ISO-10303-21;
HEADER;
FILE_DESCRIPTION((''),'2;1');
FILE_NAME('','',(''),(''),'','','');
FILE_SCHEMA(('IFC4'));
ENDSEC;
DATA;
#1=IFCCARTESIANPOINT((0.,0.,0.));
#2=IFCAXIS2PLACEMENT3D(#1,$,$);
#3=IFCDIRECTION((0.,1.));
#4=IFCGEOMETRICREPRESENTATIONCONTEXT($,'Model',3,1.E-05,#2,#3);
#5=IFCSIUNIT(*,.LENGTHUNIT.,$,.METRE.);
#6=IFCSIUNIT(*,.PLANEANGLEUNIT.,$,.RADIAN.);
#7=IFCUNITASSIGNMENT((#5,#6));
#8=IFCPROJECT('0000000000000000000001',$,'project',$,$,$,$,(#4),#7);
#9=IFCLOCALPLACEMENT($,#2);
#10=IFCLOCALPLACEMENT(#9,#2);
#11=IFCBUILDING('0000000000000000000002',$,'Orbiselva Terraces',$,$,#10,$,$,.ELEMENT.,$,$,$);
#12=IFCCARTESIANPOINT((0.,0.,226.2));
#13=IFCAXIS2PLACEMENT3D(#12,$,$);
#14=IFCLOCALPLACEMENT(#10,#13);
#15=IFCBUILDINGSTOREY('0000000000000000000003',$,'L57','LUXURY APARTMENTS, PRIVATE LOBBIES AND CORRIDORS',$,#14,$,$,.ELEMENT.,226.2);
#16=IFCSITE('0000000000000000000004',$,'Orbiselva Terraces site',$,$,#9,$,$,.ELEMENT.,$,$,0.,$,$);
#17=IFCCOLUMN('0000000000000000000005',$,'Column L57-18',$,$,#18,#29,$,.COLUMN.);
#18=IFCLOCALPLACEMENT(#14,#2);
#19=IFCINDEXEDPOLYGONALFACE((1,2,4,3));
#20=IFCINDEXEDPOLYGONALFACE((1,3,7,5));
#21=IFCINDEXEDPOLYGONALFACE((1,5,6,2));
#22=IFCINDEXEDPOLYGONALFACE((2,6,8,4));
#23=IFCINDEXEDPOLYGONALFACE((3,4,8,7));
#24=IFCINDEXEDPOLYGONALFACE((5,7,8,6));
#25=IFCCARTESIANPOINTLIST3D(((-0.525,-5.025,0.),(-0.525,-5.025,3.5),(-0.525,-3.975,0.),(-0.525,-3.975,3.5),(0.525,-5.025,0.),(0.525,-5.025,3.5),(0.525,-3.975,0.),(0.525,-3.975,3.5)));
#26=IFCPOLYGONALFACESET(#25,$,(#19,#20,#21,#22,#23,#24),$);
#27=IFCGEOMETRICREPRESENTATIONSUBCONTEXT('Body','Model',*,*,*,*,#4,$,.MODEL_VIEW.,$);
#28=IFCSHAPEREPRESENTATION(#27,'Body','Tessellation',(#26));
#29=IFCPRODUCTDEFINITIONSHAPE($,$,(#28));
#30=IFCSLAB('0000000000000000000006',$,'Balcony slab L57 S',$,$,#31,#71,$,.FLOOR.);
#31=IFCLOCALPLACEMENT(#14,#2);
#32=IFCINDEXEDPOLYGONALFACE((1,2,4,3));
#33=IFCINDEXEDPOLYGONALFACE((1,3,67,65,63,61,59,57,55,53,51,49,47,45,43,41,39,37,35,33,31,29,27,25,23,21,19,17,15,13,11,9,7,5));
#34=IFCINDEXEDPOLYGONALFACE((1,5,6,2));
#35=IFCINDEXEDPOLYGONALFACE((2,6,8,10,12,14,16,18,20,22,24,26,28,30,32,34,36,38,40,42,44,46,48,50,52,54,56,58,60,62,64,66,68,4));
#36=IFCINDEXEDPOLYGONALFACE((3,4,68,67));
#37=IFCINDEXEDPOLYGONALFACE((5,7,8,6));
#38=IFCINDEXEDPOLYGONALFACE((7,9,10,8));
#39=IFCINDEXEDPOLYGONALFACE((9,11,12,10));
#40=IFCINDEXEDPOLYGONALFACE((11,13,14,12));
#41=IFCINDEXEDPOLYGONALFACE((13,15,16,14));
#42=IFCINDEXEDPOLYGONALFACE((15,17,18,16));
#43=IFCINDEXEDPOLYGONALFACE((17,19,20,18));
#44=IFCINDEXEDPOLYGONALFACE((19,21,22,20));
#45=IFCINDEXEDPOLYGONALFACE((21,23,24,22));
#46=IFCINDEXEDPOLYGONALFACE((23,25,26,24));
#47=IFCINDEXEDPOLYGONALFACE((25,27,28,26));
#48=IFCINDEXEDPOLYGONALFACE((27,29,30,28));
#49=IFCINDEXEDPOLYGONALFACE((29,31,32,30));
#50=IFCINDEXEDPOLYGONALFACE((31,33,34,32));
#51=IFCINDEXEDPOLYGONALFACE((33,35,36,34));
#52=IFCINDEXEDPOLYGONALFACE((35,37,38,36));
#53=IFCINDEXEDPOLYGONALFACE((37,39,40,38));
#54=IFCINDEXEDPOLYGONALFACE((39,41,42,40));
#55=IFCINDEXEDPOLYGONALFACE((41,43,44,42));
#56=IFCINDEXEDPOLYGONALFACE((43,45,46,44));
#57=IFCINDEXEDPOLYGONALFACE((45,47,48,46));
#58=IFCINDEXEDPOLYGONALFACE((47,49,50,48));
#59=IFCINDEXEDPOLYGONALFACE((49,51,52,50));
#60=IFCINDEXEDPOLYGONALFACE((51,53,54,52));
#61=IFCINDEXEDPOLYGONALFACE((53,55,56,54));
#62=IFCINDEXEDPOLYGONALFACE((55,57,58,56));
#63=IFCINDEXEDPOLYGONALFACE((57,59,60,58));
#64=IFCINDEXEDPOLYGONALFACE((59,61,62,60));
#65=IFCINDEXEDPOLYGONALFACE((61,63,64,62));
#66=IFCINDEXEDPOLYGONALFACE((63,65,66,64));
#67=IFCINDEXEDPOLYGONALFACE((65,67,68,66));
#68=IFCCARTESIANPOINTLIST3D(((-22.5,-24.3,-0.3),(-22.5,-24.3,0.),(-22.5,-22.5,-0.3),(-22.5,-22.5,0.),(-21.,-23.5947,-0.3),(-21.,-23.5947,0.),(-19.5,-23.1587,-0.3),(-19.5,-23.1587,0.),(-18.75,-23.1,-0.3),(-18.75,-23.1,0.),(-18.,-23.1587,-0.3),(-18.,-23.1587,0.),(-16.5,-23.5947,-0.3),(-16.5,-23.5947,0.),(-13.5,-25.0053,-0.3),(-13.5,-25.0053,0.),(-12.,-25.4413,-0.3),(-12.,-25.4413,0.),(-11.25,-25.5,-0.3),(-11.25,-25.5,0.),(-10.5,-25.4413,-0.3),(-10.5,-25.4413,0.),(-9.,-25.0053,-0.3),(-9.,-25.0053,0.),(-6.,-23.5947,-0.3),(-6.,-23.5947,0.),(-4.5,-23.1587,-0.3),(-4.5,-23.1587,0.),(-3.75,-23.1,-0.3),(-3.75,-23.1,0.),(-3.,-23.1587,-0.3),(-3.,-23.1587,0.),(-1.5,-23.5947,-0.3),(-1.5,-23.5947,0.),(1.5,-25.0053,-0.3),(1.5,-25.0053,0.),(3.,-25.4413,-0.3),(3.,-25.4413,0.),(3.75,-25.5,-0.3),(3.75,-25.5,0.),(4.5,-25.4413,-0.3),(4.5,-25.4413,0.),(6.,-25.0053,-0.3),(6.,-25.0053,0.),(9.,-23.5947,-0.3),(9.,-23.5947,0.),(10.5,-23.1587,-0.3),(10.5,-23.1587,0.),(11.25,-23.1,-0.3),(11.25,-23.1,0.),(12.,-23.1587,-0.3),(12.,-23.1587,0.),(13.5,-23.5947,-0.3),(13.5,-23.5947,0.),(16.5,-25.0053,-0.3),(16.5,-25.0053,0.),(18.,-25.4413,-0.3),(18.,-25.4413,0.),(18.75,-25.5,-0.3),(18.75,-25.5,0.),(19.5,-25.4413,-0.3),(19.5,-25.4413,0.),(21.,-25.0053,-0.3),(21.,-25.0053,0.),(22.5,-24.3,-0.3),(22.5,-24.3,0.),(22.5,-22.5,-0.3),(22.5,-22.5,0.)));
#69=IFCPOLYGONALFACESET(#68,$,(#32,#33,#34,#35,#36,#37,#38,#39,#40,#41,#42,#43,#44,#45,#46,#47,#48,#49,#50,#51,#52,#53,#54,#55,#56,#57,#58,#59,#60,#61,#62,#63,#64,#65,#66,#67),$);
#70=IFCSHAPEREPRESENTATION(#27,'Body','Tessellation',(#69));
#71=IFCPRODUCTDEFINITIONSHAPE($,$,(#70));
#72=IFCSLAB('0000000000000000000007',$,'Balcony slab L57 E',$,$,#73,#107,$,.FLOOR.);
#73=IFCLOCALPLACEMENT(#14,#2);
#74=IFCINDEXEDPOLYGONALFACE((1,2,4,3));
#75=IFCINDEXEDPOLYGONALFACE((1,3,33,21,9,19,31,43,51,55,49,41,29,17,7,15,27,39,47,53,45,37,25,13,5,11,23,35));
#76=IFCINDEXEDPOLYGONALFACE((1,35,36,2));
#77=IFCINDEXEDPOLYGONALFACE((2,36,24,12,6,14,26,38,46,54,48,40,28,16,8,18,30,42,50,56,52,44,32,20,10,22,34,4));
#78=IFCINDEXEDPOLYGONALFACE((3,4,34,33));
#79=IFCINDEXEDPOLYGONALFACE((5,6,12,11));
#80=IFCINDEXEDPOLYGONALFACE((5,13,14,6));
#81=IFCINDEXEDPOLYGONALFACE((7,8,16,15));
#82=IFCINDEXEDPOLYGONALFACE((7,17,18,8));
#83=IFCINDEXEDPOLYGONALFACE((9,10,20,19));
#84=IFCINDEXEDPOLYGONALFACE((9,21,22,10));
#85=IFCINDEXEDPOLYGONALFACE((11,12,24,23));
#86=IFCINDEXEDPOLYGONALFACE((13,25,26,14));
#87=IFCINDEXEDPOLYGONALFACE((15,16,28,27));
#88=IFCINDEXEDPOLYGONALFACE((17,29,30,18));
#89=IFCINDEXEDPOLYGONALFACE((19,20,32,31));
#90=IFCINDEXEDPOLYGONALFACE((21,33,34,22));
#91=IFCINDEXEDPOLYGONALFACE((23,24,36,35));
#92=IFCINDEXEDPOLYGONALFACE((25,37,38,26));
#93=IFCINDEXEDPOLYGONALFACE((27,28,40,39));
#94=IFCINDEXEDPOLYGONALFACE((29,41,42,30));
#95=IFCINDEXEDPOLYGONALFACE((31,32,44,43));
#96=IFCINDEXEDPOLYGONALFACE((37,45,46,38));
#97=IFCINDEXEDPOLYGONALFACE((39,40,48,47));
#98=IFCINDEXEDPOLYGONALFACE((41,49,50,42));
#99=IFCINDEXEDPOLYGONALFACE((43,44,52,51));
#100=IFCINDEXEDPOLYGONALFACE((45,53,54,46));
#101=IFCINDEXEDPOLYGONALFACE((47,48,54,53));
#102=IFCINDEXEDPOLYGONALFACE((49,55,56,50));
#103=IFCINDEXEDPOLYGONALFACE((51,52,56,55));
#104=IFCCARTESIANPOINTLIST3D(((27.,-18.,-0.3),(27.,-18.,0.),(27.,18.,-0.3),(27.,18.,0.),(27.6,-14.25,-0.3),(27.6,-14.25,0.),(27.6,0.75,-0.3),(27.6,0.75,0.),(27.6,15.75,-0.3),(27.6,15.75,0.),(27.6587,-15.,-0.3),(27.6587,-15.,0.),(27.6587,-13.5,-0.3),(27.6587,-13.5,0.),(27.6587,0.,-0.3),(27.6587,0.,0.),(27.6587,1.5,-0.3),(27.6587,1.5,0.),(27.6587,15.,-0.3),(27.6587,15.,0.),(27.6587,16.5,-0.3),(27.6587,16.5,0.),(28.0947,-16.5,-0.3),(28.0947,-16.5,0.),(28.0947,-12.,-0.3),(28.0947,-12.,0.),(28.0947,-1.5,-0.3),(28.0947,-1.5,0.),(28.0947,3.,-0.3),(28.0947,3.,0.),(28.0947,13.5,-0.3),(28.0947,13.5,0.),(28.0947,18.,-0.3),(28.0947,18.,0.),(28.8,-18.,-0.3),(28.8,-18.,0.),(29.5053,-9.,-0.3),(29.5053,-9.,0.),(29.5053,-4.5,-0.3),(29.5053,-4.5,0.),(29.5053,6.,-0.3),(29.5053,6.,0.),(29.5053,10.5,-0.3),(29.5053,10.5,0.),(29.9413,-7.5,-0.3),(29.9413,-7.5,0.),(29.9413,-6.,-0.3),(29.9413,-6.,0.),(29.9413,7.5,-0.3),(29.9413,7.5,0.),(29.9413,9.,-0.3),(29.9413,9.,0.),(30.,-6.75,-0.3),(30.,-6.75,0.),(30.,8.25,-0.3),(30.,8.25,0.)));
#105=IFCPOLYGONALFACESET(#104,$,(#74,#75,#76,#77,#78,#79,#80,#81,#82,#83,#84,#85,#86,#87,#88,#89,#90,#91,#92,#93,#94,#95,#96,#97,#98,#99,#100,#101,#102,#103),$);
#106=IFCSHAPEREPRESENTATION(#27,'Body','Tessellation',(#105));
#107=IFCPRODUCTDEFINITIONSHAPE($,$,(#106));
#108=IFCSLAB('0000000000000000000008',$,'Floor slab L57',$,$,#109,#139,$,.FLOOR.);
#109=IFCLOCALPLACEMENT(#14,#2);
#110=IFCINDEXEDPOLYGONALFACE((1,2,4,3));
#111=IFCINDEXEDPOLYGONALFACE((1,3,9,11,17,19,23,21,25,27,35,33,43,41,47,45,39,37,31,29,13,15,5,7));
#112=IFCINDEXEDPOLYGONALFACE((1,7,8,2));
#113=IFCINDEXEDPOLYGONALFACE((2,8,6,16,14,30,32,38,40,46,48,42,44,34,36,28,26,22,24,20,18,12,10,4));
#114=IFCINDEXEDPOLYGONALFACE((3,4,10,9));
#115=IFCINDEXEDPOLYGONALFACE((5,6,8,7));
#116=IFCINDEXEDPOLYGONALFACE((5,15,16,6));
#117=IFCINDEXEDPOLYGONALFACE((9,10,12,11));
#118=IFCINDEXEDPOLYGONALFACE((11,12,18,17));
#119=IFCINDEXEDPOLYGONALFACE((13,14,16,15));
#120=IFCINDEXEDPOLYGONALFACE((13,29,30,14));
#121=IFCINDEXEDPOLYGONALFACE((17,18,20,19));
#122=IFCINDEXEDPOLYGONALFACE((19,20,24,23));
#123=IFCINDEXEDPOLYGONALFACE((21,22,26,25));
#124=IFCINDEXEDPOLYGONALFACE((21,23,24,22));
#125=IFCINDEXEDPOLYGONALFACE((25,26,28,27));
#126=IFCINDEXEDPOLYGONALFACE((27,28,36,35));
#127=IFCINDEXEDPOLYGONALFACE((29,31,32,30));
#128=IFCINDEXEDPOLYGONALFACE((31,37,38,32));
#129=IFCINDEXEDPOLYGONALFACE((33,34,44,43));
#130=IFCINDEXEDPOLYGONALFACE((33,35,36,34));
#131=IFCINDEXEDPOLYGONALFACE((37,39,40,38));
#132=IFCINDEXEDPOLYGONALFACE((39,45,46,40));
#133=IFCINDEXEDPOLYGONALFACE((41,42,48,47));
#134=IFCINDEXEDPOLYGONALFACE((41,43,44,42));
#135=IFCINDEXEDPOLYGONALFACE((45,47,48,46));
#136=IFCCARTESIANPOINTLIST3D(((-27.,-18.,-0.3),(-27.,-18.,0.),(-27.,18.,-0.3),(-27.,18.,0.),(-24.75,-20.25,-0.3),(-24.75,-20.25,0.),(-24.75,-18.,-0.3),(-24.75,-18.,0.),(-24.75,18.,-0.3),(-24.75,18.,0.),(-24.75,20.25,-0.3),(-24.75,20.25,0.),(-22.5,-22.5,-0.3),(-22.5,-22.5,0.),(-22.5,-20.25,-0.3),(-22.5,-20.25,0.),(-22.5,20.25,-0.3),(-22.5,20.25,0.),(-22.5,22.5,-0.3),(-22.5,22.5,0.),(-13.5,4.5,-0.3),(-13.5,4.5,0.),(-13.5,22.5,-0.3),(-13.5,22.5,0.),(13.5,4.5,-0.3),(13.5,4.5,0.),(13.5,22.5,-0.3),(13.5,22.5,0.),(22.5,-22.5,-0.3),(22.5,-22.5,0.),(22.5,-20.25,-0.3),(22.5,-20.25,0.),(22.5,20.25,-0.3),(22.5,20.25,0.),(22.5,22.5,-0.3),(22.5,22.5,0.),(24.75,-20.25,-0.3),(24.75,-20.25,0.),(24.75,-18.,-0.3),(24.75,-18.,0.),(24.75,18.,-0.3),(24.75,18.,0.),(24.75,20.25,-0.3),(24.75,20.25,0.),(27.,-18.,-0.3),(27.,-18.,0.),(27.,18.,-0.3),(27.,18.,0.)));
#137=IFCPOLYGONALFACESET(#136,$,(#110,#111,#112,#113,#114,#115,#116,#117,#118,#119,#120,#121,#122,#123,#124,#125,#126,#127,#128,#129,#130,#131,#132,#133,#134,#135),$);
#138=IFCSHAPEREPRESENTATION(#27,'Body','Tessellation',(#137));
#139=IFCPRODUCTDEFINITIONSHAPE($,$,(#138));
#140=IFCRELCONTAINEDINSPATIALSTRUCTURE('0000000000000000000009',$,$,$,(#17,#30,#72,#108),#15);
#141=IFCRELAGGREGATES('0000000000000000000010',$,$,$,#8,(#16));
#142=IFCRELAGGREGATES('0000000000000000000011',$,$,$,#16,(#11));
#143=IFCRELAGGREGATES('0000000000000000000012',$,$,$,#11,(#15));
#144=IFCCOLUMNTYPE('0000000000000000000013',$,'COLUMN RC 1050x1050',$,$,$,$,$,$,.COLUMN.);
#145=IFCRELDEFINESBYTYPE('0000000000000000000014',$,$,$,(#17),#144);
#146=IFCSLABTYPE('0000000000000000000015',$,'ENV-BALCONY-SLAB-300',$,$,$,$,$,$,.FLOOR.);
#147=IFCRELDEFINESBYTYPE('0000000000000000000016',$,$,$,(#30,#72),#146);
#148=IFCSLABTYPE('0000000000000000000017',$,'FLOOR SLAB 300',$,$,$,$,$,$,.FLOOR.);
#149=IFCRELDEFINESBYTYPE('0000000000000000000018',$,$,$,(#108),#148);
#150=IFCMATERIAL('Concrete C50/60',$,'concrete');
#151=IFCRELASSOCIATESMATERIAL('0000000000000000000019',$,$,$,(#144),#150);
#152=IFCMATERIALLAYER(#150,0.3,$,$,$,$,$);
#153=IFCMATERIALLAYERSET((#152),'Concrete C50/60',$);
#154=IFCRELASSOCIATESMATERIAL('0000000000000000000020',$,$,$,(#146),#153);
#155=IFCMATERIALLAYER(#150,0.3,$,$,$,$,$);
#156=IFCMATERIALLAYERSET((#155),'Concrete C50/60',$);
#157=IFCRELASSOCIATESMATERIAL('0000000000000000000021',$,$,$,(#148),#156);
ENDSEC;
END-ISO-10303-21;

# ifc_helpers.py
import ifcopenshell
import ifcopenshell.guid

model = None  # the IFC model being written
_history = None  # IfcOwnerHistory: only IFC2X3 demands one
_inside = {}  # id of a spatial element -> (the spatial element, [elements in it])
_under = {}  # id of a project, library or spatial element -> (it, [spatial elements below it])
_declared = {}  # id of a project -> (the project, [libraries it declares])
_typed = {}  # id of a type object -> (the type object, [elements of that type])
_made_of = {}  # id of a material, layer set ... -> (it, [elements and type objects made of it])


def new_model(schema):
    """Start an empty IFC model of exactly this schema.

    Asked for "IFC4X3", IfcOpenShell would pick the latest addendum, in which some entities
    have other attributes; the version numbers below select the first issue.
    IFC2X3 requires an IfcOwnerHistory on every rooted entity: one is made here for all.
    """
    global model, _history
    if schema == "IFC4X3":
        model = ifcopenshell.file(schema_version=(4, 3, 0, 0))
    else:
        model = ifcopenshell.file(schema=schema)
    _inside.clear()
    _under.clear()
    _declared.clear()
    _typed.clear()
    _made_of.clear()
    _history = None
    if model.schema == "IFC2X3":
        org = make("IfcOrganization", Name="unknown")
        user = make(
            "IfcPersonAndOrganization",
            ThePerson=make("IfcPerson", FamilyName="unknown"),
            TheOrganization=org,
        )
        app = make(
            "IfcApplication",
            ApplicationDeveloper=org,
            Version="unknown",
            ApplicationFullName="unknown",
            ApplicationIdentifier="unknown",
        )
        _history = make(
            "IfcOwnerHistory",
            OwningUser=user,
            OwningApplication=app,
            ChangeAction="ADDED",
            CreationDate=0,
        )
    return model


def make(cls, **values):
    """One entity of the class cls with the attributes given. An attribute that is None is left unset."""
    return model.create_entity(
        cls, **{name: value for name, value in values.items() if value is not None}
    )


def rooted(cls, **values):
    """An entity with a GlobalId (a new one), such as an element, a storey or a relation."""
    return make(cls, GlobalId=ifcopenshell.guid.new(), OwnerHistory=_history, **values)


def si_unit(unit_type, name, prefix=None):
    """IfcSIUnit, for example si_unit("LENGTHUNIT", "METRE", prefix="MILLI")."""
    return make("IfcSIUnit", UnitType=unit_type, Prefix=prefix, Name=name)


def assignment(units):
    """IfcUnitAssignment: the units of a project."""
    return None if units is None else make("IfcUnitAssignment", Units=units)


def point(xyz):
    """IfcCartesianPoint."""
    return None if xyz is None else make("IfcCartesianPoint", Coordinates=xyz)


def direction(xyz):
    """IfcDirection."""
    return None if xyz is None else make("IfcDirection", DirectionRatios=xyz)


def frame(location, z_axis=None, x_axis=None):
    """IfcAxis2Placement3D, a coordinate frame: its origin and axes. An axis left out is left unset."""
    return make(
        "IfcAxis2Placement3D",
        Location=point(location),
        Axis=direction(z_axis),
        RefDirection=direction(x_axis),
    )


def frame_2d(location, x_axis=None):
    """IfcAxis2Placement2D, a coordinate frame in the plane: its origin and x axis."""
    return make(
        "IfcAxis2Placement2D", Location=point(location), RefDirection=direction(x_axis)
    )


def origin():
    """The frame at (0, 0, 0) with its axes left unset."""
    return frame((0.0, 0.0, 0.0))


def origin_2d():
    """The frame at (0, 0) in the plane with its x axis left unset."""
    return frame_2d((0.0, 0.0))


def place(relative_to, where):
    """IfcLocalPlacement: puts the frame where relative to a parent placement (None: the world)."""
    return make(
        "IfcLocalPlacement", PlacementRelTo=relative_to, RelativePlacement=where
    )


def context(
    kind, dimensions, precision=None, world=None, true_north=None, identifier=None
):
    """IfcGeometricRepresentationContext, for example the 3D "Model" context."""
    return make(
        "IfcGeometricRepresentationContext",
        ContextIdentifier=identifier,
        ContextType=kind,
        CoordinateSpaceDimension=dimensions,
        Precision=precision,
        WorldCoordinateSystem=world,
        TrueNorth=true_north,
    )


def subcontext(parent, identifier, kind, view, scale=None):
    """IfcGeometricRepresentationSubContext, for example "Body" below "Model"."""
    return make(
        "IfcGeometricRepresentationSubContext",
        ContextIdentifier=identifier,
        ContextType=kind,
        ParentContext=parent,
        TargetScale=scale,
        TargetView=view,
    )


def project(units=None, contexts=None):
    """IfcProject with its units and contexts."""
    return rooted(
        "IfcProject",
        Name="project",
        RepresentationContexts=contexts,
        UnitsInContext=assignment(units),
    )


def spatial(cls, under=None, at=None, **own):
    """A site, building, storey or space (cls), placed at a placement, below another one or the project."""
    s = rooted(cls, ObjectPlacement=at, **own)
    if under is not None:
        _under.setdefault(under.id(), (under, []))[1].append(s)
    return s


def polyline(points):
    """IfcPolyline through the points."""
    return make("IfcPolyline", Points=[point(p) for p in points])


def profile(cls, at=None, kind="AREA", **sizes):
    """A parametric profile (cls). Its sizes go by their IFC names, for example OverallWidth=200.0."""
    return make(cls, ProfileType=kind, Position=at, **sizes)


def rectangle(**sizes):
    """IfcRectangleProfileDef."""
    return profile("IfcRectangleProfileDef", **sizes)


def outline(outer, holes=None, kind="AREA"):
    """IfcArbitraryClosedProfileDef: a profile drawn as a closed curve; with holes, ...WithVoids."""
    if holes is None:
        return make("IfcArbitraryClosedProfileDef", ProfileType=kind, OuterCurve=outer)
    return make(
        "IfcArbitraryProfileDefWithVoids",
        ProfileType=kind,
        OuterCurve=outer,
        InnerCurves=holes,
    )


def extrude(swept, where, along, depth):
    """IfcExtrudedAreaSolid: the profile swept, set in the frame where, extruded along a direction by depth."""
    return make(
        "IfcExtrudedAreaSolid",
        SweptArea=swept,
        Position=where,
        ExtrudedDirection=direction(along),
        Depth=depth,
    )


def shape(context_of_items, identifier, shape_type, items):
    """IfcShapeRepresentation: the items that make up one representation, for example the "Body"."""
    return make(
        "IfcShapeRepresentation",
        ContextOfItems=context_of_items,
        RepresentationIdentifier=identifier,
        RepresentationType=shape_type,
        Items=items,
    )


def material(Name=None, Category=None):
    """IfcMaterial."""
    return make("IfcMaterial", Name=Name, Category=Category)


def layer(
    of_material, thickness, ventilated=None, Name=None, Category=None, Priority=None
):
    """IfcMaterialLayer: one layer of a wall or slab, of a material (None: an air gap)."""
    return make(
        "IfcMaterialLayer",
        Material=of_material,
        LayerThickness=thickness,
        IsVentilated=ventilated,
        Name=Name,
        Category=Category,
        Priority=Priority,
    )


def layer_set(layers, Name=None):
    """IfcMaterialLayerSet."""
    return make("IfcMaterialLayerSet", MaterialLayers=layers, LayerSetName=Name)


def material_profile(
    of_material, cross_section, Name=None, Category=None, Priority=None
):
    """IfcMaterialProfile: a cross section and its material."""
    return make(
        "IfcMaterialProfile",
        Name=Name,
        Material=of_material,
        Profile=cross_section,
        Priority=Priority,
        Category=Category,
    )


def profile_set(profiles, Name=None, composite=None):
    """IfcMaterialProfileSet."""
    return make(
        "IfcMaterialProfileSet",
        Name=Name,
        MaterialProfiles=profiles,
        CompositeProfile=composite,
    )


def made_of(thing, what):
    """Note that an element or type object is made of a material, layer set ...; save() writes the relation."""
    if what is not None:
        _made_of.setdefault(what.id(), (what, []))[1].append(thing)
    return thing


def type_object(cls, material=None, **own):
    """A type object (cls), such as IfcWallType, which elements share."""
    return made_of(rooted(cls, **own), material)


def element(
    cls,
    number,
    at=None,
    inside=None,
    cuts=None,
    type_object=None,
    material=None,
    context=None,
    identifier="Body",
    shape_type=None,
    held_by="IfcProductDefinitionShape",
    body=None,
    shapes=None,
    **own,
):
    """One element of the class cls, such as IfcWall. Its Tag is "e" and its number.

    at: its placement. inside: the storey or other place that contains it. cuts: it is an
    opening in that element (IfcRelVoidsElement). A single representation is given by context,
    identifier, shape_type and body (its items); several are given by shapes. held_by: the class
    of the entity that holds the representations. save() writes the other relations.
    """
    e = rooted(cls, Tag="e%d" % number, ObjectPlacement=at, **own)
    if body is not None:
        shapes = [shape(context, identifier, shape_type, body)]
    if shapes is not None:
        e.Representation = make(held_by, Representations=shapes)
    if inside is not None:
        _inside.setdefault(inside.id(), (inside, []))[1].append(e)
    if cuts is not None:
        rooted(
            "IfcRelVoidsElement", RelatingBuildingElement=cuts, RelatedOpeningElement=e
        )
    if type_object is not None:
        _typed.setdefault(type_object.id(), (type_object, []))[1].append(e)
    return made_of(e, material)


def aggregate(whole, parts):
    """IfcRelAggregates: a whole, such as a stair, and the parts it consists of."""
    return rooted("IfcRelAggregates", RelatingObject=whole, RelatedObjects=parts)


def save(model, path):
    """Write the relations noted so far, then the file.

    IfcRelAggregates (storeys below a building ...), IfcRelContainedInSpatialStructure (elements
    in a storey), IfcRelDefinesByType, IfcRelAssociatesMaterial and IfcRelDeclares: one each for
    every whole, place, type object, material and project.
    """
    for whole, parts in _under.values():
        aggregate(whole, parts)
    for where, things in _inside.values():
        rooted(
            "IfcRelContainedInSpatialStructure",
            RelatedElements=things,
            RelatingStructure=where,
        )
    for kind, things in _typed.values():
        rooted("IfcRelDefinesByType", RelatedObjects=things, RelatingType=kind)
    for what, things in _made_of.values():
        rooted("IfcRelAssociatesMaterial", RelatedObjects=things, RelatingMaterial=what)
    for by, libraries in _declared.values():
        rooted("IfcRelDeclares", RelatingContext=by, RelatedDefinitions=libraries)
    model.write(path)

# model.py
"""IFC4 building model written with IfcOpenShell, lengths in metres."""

from ifc_helpers import new_model, si_unit, direction, frame, origin, origin_2d, place, context, subcontext, project, spatial, polyline, rectangle, outline, extrude, material, layer, layer_set, material_profile, profile_set, type_object, element, save


model = new_model("IFC4")

# Units and contexts
model_context = context("Model", 3, precision=1e-05, world=origin(), true_north=direction((0.0, 1.0)))
body_context = subcontext(model_context, "Body", "Model", "MODEL_VIEW")
ifc_project = project(units=[si_unit("LENGTHUNIT", "METRE"), si_unit("PLANEANGLEUNIT", "RADIAN")], contexts=[model_context])

# Site, building, storey
site_placement = place(None, origin())
site = spatial("IfcSite", under=ifc_project, at=site_placement, Name="Orbiselva Terraces site", CompositionType="ELEMENT", RefElevation=0.0)
building_placement = place(site_placement, origin())
building = spatial("IfcBuilding", under=site, at=building_placement, Name="Orbiselva Terraces", CompositionType="ELEMENT")
storey_placement = place(building_placement, frame((0.0, 0.0, 226.2)))
storey = spatial("IfcBuildingStorey", under=building, at=storey_placement, Name="L57", Description="LUXURY APARTMENTS, PRIVATE LOBBIES AND CORRIDORS", CompositionType="ELEMENT", Elevation=226.2)

# Column
ifc_material_1 = material(Name="Concrete C50/60", Category="concrete")
ifc_material_profile = material_profile(ifc_material_1, rectangle(XDim=1.05, YDim=1.05, at=origin_2d()), Name="RC 1050x1050")
ifc_profile_set = profile_set([ifc_material_profile], Name="Concrete C50/60")
column_type = type_object("IfcColumnType", Name="COLUMN RC 1050x1050", PredefinedType="COLUMN", material=ifc_profile_set)
column_placement = place(storey_placement, frame((0.0, -4.5, 0.0), z_axis=(0.0, 0.0, 1.0), x_axis=(1.0, 0.0, 0.0)))
element("IfcColumn", 1, at=column_placement, inside=storey, type_object=column_type, Name="Column L57-18", PredefinedType="COLUMN", context=body_context, shape_type="SweptSolid", body=[
    extrude(rectangle(XDim=1.05, YDim=1.05, at=origin_2d()), origin(), (0.0, 0.0, 1.0), 3.5),
])

# Slabs
ifc_layer_1 = layer(ifc_material_1, 0.3)
ifc_layer_set_1 = layer_set([ifc_layer_1], Name="Concrete C50/60")
slab_type_1 = type_object("IfcSlabType", Name="ENV-BALCONY-SLAB-300", PredefinedType="FLOOR", material=ifc_layer_set_1)
slab_1_placement = place(storey_placement, frame((0.0, 0.0, -0.3)))
element("IfcSlab", 2, at=slab_1_placement, inside=storey, type_object=slab_type_1, Name="Balcony slab L57 S", PredefinedType="FLOOR", context=body_context, shape_type="SweptSolid", body=[
    extrude(outline(polyline([(-22.5, -24.3), (-21.0, -23.5947), (-19.5, -23.1587), (-18.75, -23.1), (-18.0, -23.1587), (-16.5, -23.5947), (-13.5, -25.0053), (-12.0, -25.4413), (-11.25, -25.5), (-10.5, -25.4413), (-9.0, -25.0053), (-6.0, -23.5947), (-4.5, -23.1587), (-3.75, -23.1), (-3.0, -23.1587), (-1.5, -23.5947), (1.5, -25.0053), (3.0, -25.4413), (3.75, -25.5), (4.5, -25.4413), (6.0, -25.0053), (9.0, -23.5947), (10.5, -23.1587), (11.25, -23.1), (12.0, -23.1587), (13.5, -23.5947), (16.5, -25.0053), (18.0, -25.4413), (18.75, -25.5), (19.5, -25.4413), (21.0, -25.0053), (22.5, -24.3), (22.5, -22.5), (-22.5, -22.5), (-22.5, -24.3)])), origin(), (0.0, 0.0, 1.0), 0.3),
])
slab_2_placement = place(storey_placement, frame((0.0, 0.0, -0.3)))
element("IfcSlab", 3, at=slab_2_placement, inside=storey, type_object=slab_type_1, Name="Balcony slab L57 E", PredefinedType="FLOOR", context=body_context, shape_type="SweptSolid", body=[
    extrude(outline(polyline([(28.8, -18.0), (28.0947, -16.5), (27.6587, -15.0), (27.6, -14.25), (27.6587, -13.5), (28.0947, -12.0), (29.5053, -9.0), (29.9413, -7.5), (30.0, -6.75), (29.9413, -6.0), (29.5053, -4.5), (28.0947, -1.5), (27.6587, 0.0), (27.6, 0.75), (27.6587, 1.5), (28.0947, 3.0), (29.5053, 6.0), (29.9413, 7.5), (30.0, 8.25), (29.9413, 9.0), (29.5053, 10.5), (28.0947, 13.5), (27.6587, 15.0), (27.6, 15.75), (27.6587, 16.5), (28.0947, 18.0), (27.0, 18.0), (27.0, -18.0), (28.8, -18.0)])), origin(), (0.0, 0.0, 1.0), 0.3),
])
ifc_layer_2 = layer(ifc_material_1, 0.3)
ifc_layer_set_2 = layer_set([ifc_layer_2], Name="Concrete C50/60")
slab_type_2 = type_object("IfcSlabType", Name="FLOOR SLAB 300", PredefinedType="FLOOR", material=ifc_layer_set_2)
slab_3_placement = place(storey_placement, frame((0.0, 0.0, -0.3)))
element("IfcSlab", 4, at=slab_3_placement, inside=storey, type_object=slab_type_2, Name="Floor slab L57", PredefinedType="FLOOR", context=body_context, shape_type="SweptSolid", body=[
    extrude(outline(polyline([(22.5, 22.5), (22.5, 20.25), (24.75, 20.25), (24.75, 18.0), (27.0, 18.0), (27.0, -18.0), (24.75, -18.0), (24.75, -20.25), (22.5, -20.25), (22.5, -22.5), (-22.5, -22.5), (-22.5, -20.25), (-24.75, -20.25), (-24.75, -18.0), (-27.0, -18.0), (-27.0, 18.0), (-24.75, 18.0), (-24.75, 20.25), (-22.5, 20.25), (-22.5, 22.5), (-13.5, 22.5), (-13.5, 4.5), (13.5, 4.5), (13.5, 22.5), (22.5, 22.5)])), origin(), (0.0, 0.0, 1.0), 0.3),
])

save(model, "model.ifc")
